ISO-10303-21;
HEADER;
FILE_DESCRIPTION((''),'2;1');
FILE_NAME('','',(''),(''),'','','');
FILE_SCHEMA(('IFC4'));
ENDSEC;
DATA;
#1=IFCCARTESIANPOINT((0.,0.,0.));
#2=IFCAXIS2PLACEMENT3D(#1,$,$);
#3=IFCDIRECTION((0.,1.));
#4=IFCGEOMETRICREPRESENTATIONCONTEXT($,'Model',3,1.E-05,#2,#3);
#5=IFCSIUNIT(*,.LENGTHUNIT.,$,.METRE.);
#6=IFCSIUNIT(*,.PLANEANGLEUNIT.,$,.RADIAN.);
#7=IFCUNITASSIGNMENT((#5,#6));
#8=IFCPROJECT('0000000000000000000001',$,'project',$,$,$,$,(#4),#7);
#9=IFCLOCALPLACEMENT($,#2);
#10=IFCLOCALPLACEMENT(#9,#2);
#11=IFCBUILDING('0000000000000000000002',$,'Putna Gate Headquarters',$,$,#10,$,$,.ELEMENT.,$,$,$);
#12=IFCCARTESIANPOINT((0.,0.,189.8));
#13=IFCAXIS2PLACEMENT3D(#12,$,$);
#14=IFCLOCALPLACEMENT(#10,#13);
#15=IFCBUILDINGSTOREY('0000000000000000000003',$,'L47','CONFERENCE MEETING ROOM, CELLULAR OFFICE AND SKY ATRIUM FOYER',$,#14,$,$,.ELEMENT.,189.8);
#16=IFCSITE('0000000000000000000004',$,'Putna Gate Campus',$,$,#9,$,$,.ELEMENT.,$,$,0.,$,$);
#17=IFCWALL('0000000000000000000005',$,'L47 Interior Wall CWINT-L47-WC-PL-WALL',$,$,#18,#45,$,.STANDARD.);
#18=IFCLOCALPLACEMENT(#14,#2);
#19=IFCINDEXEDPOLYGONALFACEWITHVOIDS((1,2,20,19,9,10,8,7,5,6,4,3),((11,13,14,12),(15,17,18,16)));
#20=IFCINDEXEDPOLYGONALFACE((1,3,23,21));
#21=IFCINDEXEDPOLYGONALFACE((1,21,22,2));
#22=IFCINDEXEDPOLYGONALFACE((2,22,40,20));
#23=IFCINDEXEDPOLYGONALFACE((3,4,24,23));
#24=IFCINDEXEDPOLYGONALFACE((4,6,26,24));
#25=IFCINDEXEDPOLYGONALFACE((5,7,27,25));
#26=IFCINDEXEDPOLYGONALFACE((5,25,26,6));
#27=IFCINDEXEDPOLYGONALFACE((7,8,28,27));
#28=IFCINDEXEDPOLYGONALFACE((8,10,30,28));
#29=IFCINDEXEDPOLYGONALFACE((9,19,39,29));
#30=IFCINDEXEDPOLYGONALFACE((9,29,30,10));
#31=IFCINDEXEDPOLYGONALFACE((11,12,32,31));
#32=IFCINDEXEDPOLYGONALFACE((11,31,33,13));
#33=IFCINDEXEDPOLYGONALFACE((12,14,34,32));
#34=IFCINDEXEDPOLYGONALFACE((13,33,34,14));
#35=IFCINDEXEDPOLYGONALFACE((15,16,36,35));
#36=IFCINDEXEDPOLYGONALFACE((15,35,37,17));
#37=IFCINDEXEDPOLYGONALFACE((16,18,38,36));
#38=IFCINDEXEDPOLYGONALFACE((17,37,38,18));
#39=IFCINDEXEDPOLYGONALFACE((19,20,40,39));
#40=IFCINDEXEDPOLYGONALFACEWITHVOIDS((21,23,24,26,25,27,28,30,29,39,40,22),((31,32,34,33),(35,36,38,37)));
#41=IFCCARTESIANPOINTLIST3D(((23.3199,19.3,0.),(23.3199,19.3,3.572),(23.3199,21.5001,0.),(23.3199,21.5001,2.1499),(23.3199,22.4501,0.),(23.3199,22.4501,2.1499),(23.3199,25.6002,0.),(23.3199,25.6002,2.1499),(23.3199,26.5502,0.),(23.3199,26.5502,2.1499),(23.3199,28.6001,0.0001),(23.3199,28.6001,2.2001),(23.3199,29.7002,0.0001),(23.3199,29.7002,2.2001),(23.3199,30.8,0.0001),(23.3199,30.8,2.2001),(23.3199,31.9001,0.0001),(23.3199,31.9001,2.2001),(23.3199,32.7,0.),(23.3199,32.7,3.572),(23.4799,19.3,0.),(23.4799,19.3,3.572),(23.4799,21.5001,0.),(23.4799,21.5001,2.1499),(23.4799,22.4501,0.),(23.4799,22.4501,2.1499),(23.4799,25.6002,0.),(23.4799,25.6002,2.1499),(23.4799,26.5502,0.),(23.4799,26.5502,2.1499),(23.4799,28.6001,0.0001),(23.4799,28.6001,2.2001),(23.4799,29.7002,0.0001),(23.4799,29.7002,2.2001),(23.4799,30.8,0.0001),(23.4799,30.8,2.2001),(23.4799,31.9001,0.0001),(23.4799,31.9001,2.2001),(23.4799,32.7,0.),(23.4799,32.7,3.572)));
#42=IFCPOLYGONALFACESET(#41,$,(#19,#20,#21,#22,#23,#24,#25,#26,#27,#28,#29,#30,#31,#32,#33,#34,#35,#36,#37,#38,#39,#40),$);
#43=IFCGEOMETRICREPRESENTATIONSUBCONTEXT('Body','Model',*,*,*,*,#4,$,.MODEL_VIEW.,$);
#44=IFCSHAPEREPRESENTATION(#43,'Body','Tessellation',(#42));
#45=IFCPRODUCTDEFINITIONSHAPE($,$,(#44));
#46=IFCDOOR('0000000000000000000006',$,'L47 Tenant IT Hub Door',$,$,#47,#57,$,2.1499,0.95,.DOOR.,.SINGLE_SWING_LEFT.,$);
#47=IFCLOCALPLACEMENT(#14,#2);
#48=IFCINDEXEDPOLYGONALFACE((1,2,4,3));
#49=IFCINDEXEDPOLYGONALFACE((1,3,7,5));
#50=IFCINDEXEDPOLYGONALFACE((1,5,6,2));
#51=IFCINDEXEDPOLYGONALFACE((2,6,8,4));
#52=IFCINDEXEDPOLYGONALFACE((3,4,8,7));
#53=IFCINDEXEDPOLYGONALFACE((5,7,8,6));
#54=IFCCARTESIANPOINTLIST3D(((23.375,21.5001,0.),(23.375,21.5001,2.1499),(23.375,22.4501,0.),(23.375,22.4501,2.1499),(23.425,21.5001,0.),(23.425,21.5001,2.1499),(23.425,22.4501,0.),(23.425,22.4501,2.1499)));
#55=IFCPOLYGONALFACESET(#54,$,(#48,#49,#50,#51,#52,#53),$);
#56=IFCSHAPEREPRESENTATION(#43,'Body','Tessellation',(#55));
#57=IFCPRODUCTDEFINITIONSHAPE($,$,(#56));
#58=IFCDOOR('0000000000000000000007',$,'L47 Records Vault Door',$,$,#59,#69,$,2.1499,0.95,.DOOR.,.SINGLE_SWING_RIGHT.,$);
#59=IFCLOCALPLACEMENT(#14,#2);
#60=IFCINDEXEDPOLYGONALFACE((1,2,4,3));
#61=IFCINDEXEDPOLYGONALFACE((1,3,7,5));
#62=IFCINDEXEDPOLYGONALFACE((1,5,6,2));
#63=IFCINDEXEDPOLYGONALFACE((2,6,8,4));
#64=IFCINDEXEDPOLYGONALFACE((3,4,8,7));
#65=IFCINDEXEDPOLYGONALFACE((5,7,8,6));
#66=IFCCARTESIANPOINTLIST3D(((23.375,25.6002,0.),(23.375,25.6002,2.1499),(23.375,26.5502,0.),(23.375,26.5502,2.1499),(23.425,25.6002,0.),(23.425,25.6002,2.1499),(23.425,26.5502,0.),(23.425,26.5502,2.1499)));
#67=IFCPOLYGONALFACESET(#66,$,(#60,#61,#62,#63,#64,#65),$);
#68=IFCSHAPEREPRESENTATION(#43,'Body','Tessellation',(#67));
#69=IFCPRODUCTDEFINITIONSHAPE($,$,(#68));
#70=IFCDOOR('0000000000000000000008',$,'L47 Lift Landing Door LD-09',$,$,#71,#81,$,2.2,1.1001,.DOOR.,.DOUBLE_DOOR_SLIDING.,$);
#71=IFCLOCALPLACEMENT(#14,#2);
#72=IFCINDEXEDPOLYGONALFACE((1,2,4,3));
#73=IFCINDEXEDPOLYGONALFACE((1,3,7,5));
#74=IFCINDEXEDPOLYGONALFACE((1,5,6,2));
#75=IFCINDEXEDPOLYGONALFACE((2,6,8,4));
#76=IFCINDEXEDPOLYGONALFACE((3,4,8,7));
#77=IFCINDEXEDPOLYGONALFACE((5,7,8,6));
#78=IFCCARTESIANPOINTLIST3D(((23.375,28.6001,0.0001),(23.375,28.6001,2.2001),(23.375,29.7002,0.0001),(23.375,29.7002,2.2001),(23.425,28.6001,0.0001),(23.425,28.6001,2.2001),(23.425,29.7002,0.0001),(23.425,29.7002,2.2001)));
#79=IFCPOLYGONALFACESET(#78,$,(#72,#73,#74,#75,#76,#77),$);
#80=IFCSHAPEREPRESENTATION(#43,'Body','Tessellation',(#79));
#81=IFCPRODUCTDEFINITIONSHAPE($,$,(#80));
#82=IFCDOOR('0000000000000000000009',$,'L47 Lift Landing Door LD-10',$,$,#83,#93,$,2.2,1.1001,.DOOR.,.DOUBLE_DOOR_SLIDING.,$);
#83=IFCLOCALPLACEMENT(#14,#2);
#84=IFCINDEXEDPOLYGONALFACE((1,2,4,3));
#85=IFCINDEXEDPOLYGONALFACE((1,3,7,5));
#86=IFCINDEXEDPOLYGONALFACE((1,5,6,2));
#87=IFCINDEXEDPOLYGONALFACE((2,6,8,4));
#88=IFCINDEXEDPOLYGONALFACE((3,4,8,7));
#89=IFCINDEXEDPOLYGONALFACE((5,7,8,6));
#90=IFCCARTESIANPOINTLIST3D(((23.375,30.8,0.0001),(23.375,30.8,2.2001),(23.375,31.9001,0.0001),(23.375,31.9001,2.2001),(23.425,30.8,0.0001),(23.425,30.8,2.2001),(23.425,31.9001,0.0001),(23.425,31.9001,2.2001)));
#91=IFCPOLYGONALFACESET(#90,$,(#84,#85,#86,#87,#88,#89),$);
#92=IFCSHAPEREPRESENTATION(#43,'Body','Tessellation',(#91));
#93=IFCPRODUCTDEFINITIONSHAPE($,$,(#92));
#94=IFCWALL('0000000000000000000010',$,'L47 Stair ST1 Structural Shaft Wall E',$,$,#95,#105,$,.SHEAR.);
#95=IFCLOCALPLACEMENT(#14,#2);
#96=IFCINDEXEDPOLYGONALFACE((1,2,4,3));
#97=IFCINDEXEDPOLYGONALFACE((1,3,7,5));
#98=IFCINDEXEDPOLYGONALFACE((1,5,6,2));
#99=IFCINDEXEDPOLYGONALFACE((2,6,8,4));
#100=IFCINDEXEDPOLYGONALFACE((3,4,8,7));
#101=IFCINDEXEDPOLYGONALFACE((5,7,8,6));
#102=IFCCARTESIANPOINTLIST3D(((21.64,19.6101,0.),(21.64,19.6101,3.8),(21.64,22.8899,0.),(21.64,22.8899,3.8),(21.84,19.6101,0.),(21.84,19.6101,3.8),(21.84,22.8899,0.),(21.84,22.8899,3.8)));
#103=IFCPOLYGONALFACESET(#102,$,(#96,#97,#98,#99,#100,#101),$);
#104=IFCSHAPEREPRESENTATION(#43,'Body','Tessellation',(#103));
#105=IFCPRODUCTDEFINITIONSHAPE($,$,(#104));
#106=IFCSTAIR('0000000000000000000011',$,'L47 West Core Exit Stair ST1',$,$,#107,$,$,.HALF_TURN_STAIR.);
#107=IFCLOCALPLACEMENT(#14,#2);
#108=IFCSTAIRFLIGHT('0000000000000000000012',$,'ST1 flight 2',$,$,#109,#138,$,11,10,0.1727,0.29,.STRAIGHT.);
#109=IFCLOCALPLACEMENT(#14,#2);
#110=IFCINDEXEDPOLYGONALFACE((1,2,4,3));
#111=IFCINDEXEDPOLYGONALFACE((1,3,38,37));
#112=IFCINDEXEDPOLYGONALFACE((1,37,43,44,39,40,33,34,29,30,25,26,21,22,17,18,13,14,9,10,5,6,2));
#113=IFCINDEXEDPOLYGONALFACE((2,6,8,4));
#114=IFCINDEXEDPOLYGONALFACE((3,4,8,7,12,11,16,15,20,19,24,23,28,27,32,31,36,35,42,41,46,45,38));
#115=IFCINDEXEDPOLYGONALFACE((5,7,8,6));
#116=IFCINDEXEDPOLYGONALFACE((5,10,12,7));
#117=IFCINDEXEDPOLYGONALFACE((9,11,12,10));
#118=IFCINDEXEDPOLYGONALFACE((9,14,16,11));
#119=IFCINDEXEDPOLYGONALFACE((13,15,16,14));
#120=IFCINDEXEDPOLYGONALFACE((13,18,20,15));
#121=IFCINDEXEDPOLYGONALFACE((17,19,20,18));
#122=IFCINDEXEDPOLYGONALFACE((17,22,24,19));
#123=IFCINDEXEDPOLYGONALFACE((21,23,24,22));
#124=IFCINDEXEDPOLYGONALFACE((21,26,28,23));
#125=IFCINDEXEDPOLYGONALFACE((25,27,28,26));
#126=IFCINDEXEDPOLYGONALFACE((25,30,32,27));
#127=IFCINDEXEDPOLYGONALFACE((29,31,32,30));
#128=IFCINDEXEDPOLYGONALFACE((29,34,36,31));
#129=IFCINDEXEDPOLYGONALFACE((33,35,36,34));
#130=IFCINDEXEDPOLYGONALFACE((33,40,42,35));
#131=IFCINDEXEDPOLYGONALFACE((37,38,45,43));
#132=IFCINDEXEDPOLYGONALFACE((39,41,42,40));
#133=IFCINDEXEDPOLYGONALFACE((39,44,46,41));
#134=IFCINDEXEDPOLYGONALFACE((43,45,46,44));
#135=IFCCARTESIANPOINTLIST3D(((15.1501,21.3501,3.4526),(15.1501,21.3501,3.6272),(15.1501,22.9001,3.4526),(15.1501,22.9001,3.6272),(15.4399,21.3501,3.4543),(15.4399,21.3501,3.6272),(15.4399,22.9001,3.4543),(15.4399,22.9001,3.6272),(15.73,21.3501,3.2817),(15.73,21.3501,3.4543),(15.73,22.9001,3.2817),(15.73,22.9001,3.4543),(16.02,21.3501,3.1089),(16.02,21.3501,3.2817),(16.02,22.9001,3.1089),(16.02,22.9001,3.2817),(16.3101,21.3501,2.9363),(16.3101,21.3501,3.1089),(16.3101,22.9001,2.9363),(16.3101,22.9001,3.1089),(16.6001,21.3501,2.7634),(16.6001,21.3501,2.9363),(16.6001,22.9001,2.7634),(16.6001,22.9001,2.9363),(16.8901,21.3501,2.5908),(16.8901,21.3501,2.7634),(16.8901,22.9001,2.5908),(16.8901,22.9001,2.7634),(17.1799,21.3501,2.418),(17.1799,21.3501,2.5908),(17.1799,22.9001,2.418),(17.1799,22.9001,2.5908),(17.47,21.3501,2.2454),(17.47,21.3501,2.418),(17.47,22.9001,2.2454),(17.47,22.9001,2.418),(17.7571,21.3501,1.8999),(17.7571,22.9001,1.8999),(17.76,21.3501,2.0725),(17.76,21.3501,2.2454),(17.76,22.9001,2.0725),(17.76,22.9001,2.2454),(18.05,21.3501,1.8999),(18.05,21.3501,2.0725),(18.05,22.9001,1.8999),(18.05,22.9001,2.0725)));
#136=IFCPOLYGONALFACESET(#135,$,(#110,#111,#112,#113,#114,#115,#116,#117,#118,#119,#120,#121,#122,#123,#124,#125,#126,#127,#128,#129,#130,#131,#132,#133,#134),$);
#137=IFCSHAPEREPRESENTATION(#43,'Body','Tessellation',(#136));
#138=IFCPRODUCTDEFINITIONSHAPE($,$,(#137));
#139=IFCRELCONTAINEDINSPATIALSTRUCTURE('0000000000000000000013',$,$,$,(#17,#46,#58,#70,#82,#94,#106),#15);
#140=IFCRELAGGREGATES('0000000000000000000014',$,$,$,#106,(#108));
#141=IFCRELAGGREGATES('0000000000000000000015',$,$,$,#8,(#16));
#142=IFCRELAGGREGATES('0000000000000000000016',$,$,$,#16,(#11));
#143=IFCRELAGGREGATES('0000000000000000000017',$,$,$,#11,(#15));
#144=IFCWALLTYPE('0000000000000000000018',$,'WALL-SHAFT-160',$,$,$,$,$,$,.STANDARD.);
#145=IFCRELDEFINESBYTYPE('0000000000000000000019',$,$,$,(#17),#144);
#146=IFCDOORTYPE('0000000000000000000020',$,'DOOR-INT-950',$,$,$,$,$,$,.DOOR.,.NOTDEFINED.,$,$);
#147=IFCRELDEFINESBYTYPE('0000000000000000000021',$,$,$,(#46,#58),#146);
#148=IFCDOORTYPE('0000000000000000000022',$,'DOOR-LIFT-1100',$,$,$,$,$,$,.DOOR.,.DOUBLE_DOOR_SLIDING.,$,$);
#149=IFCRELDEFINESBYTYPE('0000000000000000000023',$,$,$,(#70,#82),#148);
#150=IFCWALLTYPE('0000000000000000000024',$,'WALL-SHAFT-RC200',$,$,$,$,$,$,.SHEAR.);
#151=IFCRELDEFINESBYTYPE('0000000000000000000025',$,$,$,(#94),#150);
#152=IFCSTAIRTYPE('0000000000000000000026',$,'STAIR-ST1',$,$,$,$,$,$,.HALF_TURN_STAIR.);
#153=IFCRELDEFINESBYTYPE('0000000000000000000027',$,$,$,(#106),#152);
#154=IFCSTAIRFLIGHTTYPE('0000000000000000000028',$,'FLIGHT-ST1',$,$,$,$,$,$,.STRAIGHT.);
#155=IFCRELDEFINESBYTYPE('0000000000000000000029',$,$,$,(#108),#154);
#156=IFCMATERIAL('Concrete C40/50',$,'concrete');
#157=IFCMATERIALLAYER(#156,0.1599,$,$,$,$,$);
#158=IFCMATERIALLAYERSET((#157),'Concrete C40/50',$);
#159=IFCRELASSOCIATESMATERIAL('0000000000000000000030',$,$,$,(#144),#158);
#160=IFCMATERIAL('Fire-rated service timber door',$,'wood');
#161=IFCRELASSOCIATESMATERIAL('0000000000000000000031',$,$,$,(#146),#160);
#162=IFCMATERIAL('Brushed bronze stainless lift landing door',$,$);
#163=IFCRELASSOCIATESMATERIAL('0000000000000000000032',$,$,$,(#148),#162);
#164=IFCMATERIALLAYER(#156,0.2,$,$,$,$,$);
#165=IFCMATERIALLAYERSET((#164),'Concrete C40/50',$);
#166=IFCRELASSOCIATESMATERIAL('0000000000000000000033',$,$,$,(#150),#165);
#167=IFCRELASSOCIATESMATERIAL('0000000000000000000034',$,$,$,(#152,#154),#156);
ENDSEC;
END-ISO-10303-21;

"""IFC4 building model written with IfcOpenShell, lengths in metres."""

from ifc_helpers import new_model, si_unit, direction, frame, frame_2d, origin, place, context, subcontext, project, spatial, polyline, rectangle, outline, extrude, material, layer, layer_set, type_object, element, fill, aggregate, save


model = new_model("IFC4")

# Units and contexts
model_context = context("Model", 3, precision=1e-05, world=origin(), true_north=direction((0.0, 1.0)))
body_context = subcontext(model_context, "Body", "Model", "MODEL_VIEW")
ifc_project = project(units=[si_unit("LENGTHUNIT", "METRE"), si_unit("PLANEANGLEUNIT", "RADIAN")], contexts=[model_context])

# Site, building, storey
site_placement = place(None, origin())
site = spatial("IfcSite", under=ifc_project, at=site_placement, Name="Putna Gate Campus", CompositionType="ELEMENT", RefElevation=0.0)
building_placement = place(site_placement, origin())
building = spatial("IfcBuilding", under=site, at=building_placement, Name="Putna Gate Headquarters", CompositionType="ELEMENT")
storey_placement = place(building_placement, frame((0.0, 0.0, 189.8)))
storey = spatial("IfcBuildingStorey", under=building, at=storey_placement, Name="L47", Description="CONFERENCE MEETING ROOM, CELLULAR OFFICE AND SKY ATRIUM FOYER", CompositionType="ELEMENT", Elevation=189.8)

# Wall, openings, doors
ifc_material_1 = material(Name="Concrete C40/50", Category="concrete")
ifc_layer_1 = layer(ifc_material_1, 0.1599)
ifc_layer_set_1 = layer_set([ifc_layer_1], Name="Concrete C40/50")
wall_type_1 = type_object("IfcWallType", Name="WALL-SHAFT-160", PredefinedType="STANDARD", material=ifc_layer_set_1)
wall_1_placement = place(storey_placement, frame((23.3999, 19.3, 0.0), z_axis=(0.0, 0.0, 1.0), x_axis=(0.0, 1.0, 0.0)))
wall_1 = element("IfcWall", 1, at=wall_1_placement, inside=storey, type_object=wall_type_1, Name="L47 Interior Wall CWINT-L47-WC-PL-WALL", PredefinedType="STANDARD", context=body_context, shape_type="SweptSolid", body=[
    extrude(rectangle(XDim=13.3999, YDim=0.1599, at=frame_2d((6.7, 0.0))), origin(), (0.0, 0.0, 1.0), 3.572),
])
opening_1_placement = place(wall_1_placement, frame((2.2, 0.0, 0.0)))
opening_1 = element("IfcOpeningElement", 2, at=opening_1_placement, cuts=wall_1, PredefinedType="OPENING", context=body_context, shape_type="SweptSolid", body=[
    extrude(rectangle(XDim=0.95, YDim=2.1499, at=frame_2d((0.4751, 1.075))), frame((0.0, 0.0898, 0.0), z_axis=(0.0, -1.0, 0.0), x_axis=(1.0, 0.0, 0.0)), (0.0, 0.0, 1.0), 0.1799),
])
opening_2_placement = place(wall_1_placement, frame((6.3, 0.0, 0.0)))
opening_2 = element("IfcOpeningElement", 3, at=opening_2_placement, cuts=wall_1, PredefinedType="OPENING", context=body_context, shape_type="SweptSolid", body=[
    extrude(rectangle(XDim=0.95, YDim=2.1499, at=frame_2d((0.4751, 1.075))), frame((0.0, 0.0898, 0.0), z_axis=(0.0, -1.0, 0.0), x_axis=(1.0, 0.0, 0.0)), (0.0, 0.0, 1.0), 0.1799),
])
opening_3_placement = place(wall_1_placement, frame((9.3, 0.0, 0.0)))
opening_3 = element("IfcOpeningElement", 4, at=opening_3_placement, cuts=wall_1, PredefinedType="OPENING", context=body_context, shape_type="SweptSolid", body=[
    extrude(rectangle(XDim=1.1001, YDim=2.2, at=frame_2d((0.55, 1.1001))), frame((0.0, 0.0898, 0.0), z_axis=(0.0, -1.0, 0.0), x_axis=(1.0, 0.0, 0.0)), (0.0, 0.0, 1.0), 0.1799),
])
opening_4_placement = place(wall_1_placement, frame((11.5, 0.0, 0.0)))
opening_4 = element("IfcOpeningElement", 5, at=opening_4_placement, cuts=wall_1, PredefinedType="OPENING", context=body_context, shape_type="SweptSolid", body=[
    extrude(rectangle(XDim=1.1001, YDim=2.2, at=frame_2d((0.55, 1.1001))), frame((0.0, 0.0898, 0.0), z_axis=(0.0, -1.0, 0.0), x_axis=(1.0, 0.0, 0.0)), (0.0, 0.0, 1.0), 0.1799),
])
ifc_material_2 = material(Name="Fire-rated service timber door", Category="wood")
door_type_1 = type_object("IfcDoorType", Name="DOOR-INT-950", OperationType="NOTDEFINED", PredefinedType="DOOR", material=ifc_material_2)
door_1_placement = place(opening_1_placement, origin())
door_1 = element("IfcDoor", 6, at=door_1_placement, inside=storey, type_object=door_type_1, Name="L47 Tenant IT Hub Door", OperationType="SINGLE_SWING_LEFT", OverallHeight=2.1499, OverallWidth=0.95, PredefinedType="DOOR", context=body_context, shape_type="SweptSolid", body=[
    extrude(rectangle(XDim=0.95, YDim=2.1499, at=frame_2d((0.4751, 1.075))), frame((0.0, 0.0249, 0.0), z_axis=(0.0, -1.0, 0.0), x_axis=(1.0, 0.0, 0.0)), (0.0, 0.0, 1.0), 0.05),
])
fill(opening_1, door_1)
door_2_placement = place(opening_2_placement, origin())
door_2 = element("IfcDoor", 7, at=door_2_placement, inside=storey, type_object=door_type_1, Name="L47 Records Vault Door", OperationType="SINGLE_SWING_RIGHT", OverallHeight=2.1499, OverallWidth=0.95, PredefinedType="DOOR", context=body_context, shape_type="SweptSolid", body=[
    extrude(rectangle(XDim=0.95, YDim=2.1499, at=frame_2d((0.4751, 1.075))), frame((0.0, 0.0249, 0.0), z_axis=(0.0, -1.0, 0.0), x_axis=(1.0, 0.0, 0.0)), (0.0, 0.0, 1.0), 0.05),
])
fill(opening_2, door_2)
ifc_material_3 = material(Name="Brushed bronze stainless lift landing door")
door_type_2 = type_object("IfcDoorType", Name="DOOR-LIFT-1100", OperationType="DOUBLE_DOOR_SLIDING", PredefinedType="DOOR", material=ifc_material_3)
door_3_placement = place(opening_3_placement, origin())
door_3 = element("IfcDoor", 8, at=door_3_placement, inside=storey, type_object=door_type_2, Name="L47 Lift Landing Door LD-09", OperationType="DOUBLE_DOOR_SLIDING", OverallHeight=2.2, OverallWidth=1.1001, PredefinedType="DOOR", context=body_context, shape_type="SweptSolid", body=[
    extrude(rectangle(XDim=1.1001, YDim=2.2, at=frame_2d((0.55, 1.1001))), frame((0.0, 0.0249, 0.0), z_axis=(0.0, -1.0, 0.0), x_axis=(1.0, 0.0, 0.0)), (0.0, 0.0, 1.0), 0.05),
])
fill(opening_3, door_3)
door_4_placement = place(opening_4_placement, origin())
door_4 = element("IfcDoor", 9, at=door_4_placement, inside=storey, type_object=door_type_2, Name="L47 Lift Landing Door LD-10", OperationType="DOUBLE_DOOR_SLIDING", OverallHeight=2.2, OverallWidth=1.1001, PredefinedType="DOOR", context=body_context, shape_type="SweptSolid", body=[
    extrude(rectangle(XDim=1.1001, YDim=2.2, at=frame_2d((0.55, 1.1001))), frame((0.0, 0.0249, 0.0), z_axis=(0.0, -1.0, 0.0), x_axis=(1.0, 0.0, 0.0)), (0.0, 0.0, 1.0), 0.05),
])
fill(opening_4, door_4)

# Wall
ifc_layer_2 = layer(ifc_material_1, 0.2)
ifc_layer_set_2 = layer_set([ifc_layer_2], Name="Concrete C40/50")
wall_type_2 = type_object("IfcWallType", Name="WALL-SHAFT-RC200", PredefinedType="SHEAR", material=ifc_layer_set_2)
wall_2_placement = place(storey_placement, frame((21.74, 19.6101, 0.0), z_axis=(0.0, 0.0, 1.0), x_axis=(0.0, 1.0, 0.0)))
element("IfcWall", 10, at=wall_2_placement, inside=storey, type_object=wall_type_2, Name="L47 Stair ST1 Structural Shaft Wall E", PredefinedType="SHEAR", context=body_context, shape_type="SweptSolid", body=[
    extrude(rectangle(XDim=3.2798, YDim=0.2, at=frame_2d((1.6399, 0.0))), origin(), (0.0, 0.0, 1.0), 3.8),
])

# Stair, stair flight
stair_type = type_object("IfcStairType", Name="STAIR-ST1", PredefinedType="HALF_TURN_STAIR", material=ifc_material_1)
stair_placement = place(storey_placement, origin())
stair = element("IfcStair", 11, at=stair_placement, inside=storey, type_object=stair_type, Name="L47 West Core Exit Stair ST1", PredefinedType="HALF_TURN_STAIR")
stair_flight_type = type_object("IfcStairFlightType", Name="FLIGHT-ST1", PredefinedType="STRAIGHT", material=ifc_material_1)
stair_flight_placement = place(storey_placement, frame((18.05, 22.125, 1.8999), z_axis=(0.0, 0.0, 1.0), x_axis=(-1.0, 0.0, 0.0)))
stair_flight = element("IfcStairFlight", 12, at=stair_flight_placement, type_object=stair_flight_type, Name="ST1 flight 2", NumberOfRisers=11, NumberOfTreads=10, PredefinedType="STRAIGHT", RiserHeight=0.1727, TreadLength=0.29, context=body_context, shape_type="SweptSolid", body=[
    extrude(outline(polyline([(0.0, 0.0), (0.0, 0.1726), (0.29, 0.1726), (0.29, 0.3455), (0.5801, 0.3455), (0.5801, 0.5181), (0.8701, 0.5181), (0.8701, 0.6909), (1.1599, 0.6909), (1.1599, 0.8635), (1.45, 0.8635), (1.45, 1.0364), (1.74, 1.0364), (1.74, 1.209), (2.03, 1.209), (2.03, 1.3818), (2.3201, 1.3818), (2.3201, 1.5544), (2.6101, 1.5544), (2.6101, 1.7273), (2.8999, 1.7273), (2.8999, 1.8999), (2.8999, 1.5527), (0.293, 0.0), (0.0, 0.0)])), frame((0.0, 0.7749, 0.0), z_axis=(0.0, -1.0, 0.0), x_axis=(1.0, 0.0, 0.0)), (0.0, 0.0, 1.0), 1.55),
])
aggregate(stair, [stair_flight])

save(model, "model.ifc")
